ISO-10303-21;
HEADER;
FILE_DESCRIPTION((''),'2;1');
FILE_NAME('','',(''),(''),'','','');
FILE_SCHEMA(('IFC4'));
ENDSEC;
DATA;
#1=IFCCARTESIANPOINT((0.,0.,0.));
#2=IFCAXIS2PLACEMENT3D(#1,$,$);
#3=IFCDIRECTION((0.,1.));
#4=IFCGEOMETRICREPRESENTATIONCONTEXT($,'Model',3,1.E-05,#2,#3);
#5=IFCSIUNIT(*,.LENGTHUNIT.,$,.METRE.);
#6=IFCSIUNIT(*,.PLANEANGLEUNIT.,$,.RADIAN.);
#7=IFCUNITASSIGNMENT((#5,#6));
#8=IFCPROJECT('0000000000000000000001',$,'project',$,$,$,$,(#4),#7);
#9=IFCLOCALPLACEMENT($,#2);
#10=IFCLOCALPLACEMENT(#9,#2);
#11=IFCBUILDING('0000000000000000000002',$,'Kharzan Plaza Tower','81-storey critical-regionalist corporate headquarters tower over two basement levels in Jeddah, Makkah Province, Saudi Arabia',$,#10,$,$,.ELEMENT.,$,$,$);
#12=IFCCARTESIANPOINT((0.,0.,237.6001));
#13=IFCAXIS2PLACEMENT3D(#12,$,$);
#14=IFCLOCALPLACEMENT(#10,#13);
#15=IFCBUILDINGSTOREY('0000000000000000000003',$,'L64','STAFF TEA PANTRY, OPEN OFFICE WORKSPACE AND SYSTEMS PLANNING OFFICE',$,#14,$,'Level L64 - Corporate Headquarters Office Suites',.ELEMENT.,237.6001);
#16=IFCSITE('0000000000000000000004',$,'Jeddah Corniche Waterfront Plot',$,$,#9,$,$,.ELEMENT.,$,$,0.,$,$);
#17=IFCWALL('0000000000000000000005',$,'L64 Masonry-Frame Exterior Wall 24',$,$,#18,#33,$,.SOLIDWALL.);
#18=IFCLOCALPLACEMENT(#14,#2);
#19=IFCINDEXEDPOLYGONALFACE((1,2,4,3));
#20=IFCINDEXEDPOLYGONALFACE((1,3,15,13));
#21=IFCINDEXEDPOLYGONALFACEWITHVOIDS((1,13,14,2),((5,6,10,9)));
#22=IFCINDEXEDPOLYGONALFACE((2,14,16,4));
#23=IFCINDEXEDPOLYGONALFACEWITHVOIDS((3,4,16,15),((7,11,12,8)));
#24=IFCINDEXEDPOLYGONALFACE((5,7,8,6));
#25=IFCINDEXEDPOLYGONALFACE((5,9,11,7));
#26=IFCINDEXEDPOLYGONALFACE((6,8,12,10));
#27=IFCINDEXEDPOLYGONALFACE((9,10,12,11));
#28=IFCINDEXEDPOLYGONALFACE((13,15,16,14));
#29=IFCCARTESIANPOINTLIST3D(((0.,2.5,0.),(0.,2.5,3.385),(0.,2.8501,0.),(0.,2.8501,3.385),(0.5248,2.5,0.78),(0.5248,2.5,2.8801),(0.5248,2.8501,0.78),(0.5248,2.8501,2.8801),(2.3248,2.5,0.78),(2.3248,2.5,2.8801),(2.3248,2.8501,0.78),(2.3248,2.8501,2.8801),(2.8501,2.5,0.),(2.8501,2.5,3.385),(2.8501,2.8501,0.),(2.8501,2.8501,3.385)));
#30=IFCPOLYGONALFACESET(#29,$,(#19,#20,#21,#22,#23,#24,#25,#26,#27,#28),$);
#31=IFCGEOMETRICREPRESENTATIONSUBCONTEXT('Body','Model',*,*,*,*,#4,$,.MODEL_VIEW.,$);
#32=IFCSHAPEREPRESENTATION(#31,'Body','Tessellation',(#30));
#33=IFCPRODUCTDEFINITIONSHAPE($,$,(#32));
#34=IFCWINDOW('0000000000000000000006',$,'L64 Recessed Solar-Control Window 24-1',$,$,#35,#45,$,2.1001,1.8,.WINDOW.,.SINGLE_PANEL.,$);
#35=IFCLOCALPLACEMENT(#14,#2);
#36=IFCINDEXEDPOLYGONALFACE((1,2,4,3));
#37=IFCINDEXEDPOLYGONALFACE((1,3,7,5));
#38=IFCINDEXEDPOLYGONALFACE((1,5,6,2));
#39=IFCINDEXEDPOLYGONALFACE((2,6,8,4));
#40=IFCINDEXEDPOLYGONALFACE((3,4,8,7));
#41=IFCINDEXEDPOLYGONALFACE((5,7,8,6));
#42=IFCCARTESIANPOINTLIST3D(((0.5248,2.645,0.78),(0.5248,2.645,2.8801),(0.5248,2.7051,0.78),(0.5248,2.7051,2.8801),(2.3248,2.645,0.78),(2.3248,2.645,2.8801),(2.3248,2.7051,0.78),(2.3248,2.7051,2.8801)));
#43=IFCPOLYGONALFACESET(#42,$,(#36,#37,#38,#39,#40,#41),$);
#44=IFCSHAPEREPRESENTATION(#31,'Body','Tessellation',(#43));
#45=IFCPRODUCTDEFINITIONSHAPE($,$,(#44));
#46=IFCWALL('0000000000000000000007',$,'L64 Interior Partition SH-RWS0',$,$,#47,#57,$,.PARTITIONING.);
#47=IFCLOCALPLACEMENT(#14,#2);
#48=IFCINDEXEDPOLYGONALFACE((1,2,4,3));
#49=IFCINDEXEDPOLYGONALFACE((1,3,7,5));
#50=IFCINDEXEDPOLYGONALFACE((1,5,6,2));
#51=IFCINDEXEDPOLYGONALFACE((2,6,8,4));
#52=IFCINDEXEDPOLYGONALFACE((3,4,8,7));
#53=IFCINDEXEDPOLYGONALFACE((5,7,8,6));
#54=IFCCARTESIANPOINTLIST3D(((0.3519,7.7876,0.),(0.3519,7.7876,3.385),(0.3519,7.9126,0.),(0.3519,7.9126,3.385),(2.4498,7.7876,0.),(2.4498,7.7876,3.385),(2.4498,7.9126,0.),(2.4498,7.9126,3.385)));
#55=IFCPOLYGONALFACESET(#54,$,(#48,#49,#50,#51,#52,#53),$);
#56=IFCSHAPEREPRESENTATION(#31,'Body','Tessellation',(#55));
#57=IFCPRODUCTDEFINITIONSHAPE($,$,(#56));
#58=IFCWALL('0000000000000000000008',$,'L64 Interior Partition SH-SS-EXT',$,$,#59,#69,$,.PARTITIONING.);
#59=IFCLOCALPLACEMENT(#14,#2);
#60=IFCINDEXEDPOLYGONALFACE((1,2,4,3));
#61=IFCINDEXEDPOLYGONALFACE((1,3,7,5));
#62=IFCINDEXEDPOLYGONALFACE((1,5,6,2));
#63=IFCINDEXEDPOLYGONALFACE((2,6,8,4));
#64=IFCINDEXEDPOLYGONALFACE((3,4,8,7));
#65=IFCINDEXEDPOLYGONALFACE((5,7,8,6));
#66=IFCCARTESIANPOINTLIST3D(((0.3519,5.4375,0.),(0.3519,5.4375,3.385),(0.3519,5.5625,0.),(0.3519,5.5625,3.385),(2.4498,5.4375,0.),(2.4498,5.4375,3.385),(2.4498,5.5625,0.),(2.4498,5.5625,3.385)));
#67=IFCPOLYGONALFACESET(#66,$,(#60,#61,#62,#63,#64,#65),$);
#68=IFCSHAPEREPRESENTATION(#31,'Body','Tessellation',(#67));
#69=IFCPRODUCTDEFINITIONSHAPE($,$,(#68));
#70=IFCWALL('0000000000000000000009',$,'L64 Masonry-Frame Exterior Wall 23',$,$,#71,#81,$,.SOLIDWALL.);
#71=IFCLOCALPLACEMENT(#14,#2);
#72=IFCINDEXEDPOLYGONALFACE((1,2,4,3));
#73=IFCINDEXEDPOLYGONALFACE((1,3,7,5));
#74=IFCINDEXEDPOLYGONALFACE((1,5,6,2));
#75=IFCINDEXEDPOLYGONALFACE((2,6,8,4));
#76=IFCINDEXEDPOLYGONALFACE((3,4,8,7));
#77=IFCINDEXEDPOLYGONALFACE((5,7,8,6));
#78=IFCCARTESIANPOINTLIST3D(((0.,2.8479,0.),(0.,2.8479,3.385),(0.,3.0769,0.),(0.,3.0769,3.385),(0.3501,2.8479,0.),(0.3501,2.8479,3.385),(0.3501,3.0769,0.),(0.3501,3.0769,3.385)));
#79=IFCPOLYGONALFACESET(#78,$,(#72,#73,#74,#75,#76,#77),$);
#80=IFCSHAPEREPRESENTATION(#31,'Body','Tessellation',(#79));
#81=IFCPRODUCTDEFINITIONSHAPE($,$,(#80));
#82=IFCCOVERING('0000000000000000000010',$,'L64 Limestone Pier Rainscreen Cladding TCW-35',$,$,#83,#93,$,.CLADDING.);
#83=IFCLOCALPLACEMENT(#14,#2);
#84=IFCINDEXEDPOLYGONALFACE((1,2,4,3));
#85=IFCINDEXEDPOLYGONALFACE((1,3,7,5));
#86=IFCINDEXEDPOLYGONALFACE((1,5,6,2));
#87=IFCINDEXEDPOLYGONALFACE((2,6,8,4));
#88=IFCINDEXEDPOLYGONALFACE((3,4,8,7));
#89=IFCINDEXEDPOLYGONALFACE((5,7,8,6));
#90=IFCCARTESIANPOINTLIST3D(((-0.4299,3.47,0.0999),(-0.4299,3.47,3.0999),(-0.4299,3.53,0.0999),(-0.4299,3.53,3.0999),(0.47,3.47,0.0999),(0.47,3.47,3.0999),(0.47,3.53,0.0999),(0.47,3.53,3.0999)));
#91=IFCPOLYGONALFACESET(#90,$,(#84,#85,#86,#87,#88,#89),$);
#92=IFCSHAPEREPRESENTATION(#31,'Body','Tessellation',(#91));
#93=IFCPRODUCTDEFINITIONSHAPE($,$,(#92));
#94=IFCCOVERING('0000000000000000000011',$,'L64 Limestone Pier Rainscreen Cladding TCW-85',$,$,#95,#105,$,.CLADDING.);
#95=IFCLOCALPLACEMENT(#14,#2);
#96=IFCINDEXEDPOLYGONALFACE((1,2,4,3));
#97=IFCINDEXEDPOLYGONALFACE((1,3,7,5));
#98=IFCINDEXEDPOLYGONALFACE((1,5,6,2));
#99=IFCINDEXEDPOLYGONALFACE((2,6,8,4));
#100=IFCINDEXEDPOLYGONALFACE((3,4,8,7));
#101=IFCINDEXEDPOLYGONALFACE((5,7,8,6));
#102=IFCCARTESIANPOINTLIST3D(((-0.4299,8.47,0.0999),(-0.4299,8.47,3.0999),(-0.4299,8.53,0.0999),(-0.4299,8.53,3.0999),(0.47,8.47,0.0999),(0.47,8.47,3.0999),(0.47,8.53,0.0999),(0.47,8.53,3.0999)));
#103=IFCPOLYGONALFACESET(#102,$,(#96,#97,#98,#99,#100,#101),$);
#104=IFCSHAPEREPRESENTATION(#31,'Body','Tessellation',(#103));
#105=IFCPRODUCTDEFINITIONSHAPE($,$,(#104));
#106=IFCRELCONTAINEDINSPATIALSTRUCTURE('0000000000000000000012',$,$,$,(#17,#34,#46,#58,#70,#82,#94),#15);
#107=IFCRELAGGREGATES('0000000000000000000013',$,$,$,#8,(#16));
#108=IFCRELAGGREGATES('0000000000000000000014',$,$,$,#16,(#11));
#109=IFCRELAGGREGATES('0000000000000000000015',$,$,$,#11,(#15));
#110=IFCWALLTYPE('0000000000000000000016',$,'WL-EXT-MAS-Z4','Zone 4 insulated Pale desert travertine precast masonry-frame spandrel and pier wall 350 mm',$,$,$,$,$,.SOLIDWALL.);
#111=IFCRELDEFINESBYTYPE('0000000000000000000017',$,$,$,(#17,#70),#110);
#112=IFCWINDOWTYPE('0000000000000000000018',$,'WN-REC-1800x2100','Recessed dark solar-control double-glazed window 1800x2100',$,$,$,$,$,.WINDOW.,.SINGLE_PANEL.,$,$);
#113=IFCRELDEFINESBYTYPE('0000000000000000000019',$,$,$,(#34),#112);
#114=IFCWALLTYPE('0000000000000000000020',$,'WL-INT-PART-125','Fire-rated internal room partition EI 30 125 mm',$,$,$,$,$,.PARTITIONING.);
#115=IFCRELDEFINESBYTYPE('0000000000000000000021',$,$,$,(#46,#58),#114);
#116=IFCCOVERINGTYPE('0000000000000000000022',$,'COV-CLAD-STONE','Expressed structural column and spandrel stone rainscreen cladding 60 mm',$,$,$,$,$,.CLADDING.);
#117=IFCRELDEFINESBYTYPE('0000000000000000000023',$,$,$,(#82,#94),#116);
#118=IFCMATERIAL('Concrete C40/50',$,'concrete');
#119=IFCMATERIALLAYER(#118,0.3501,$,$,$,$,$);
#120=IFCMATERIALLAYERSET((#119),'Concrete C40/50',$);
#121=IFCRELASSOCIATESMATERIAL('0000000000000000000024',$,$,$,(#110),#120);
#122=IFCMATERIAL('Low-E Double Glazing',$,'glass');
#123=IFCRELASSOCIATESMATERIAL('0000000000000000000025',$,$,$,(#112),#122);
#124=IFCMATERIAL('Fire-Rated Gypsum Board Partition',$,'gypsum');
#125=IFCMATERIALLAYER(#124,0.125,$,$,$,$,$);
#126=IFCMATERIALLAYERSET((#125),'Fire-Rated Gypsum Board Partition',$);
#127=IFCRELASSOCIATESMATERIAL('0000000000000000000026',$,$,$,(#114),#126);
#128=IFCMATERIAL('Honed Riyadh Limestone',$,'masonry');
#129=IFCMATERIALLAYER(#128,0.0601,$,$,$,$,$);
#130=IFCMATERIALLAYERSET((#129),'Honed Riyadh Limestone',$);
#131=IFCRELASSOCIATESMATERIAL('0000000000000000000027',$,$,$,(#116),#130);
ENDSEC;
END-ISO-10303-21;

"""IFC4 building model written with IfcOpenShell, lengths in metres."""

from ifc_helpers import new_model, si_unit, direction, frame, frame_2d, origin, origin_2d, place, context, subcontext, project, spatial, rectangle, extrude, source, transform, mapped, material, layer, layer_set, type_object, element, fill, save


model = new_model("IFC4")

# Units and contexts
model_context = context("Model", 3, precision=1e-05, world=origin(), true_north=direction((0.0, 1.0)))
body_context = subcontext(model_context, "Body", "Model", "MODEL_VIEW")
ifc_project = project(units=[si_unit("LENGTHUNIT", "METRE"), si_unit("PLANEANGLEUNIT", "RADIAN")], contexts=[model_context])

# Site, building, storey
site_placement = place(None, origin())
site = spatial("IfcSite", under=ifc_project, at=site_placement, Name="Jeddah Corniche Waterfront Plot", CompositionType="ELEMENT", RefElevation=0.0)
building_placement = place(site_placement, origin())
building = spatial("IfcBuilding", under=site, at=building_placement, Name="Kharzan Plaza Tower", Description="81-storey critical-regionalist corporate headquarters tower over two basement levels in Jeddah, Makkah Province, Saudi Arabia", CompositionType="ELEMENT")
storey_placement = place(building_placement, frame((0.0, 0.0, 237.6001)))
storey = spatial("IfcBuildingStorey", under=building, at=storey_placement, Name="L64", Description="STAFF TEA PANTRY, OPEN OFFICE WORKSPACE AND SYSTEMS PLANNING OFFICE", LongName="Level L64 - Corporate Headquarters Office Suites", CompositionType="ELEMENT", Elevation=237.6001)

# Shared definitions
ifc_material_1 = material(Name="Concrete C40/50", Category="concrete")

# Wall, opening, window
ifc_layer_1 = layer(ifc_material_1, 0.3501)
ifc_layer_set_1 = layer_set([ifc_layer_1], Name="Concrete C40/50")
wall_type_1 = type_object("IfcWallType", Name="WL-EXT-MAS-Z4", Description="Zone 4 insulated Pale desert travertine precast masonry-frame spandrel and pier wall 350 mm", PredefinedType="SOLIDWALL", material=ifc_layer_set_1)
ifc_material_2 = material(Name="Low-E Double Glazing", Category="glass")
wall_1_placement = place(storey_placement, frame((0.0, 2.675, 0.0), z_axis=(0.0, 0.0, 1.0), x_axis=(1.0, 0.0, 0.0)))
wall_1 = element("IfcWall", 1, at=wall_1_placement, inside=storey, type_object=wall_type_1, Name="L64 Masonry-Frame Exterior Wall 24", PredefinedType="SOLIDWALL", context=body_context, shape_type="SweptSolid", body=[
    extrude(rectangle(XDim=2.8501, YDim=0.3501, at=frame_2d((1.425, 0.0))), origin(), (0.0, 0.0, 1.0), 3.385),
])
opening_1_placement = place(wall_1_placement, frame((0.5249, 0.0, 0.78)))
opening_1 = element("IfcOpeningElement", 2, at=opening_1_placement, cuts=wall_1, PredefinedType="OPENING", context=body_context, shape_type="SweptSolid", body=[
    extrude(rectangle(XDim=1.8, YDim=2.1001, at=frame_2d((0.8999, 1.05))), frame((0.0, 0.1851, 0.0), z_axis=(0.0, -1.0, 0.0), x_axis=(1.0, 0.0, 0.0)), (0.0, 0.0, 1.0), 0.3701),
])
window_type_1 = type_object("IfcWindowType", Name="WN-REC-1800x2100", Description="Recessed dark solar-control double-glazed window 1800x2100", PartitioningType="SINGLE_PANEL", PredefinedType="WINDOW", material=ifc_material_2)
shared_shape_1 = source(origin(), body_context, "Body", "SweptSolid", [
    extrude(rectangle(XDim=1.8, YDim=2.1001, at=frame_2d((0.8999, 1.05))), frame((0.0, 0.03, 0.0), z_axis=(0.0, -1.0, 0.0), x_axis=(1.0, 0.0, 0.0)), (0.0, 0.0, 1.0), 0.0601),
])
window_1_placement = place(opening_1_placement, origin())
window_1 = element("IfcWindow", 3, at=window_1_placement, inside=storey, type_object=window_type_1, Name="L64 Recessed Solar-Control Window 24-1", OverallHeight=2.1001, OverallWidth=1.8, PartitioningType="SINGLE_PANEL", PredefinedType="WINDOW", context=body_context, shape_type="MappedRepresentation", body=[
    mapped(shared_shape_1, transform((0.0, 0.0, 0.0), x_axis=(1.0, 0.0, 0.0), y_axis=(0.0, 1.0, 0.0), z_axis=(0.0, 0.0, 1.0))),
])
fill(opening_1, window_1)

# Walls
ifc_material_3 = material(Name="Fire-Rated Gypsum Board Partition", Category="gypsum")
ifc_layer_2 = layer(ifc_material_3, 0.125)
ifc_layer_set_2 = layer_set([ifc_layer_2], Name="Fire-Rated Gypsum Board Partition")
wall_type_2 = type_object("IfcWallType", Name="WL-INT-PART-125", Description="Fire-rated internal room partition EI 30 125 mm", PredefinedType="PARTITIONING", material=ifc_layer_set_2)
shared_shape_2 = source(origin(), body_context, "Body", "SweptSolid", [
    extrude(rectangle(XDim=2.0979, YDim=0.125, at=frame_2d((1.0488, 0.0))), origin(), (0.0, 0.0, 1.0), 3.385),
])
for number, where, z_axis, x_axis, name in (
    (4, (0.3521, 7.8501, 0.0), (0.0, 0.0, 1.0), (1.0, 0.0, 0.0), "L64 Interior Partition SH-RWS0"),
    (5, (0.3521, 5.5, 0.0), (0.0, 0.0, 1.0), (1.0, 0.0, 0.0), "L64 Interior Partition SH-SS-EXT"),
):
    element("IfcWall", number, at=place(storey_placement, frame(where, z_axis=z_axis, x_axis=x_axis)), inside=storey, type_object=wall_type_2, Name=name, PredefinedType="PARTITIONING", context=body_context, shape_type="MappedRepresentation", body=[
        mapped(shared_shape_2, transform((0.0, 0.0, 0.0), x_axis=(1.0, 0.0, 0.0), y_axis=(0.0, 1.0, 0.0), z_axis=(0.0, 0.0, 1.0))),
    ])
shared_shape_3 = source(origin(), body_context, "Body", "SweptSolid", [
    extrude(rectangle(XDim=0.229, YDim=0.3501, at=frame_2d((0.1145, 0.0))), origin(), (0.0, 0.0, 1.0), 3.385),
])
wall_2_placement = place(storey_placement, frame((0.175, 3.0769, 0.0), z_axis=(0.0, 0.0, 1.0), x_axis=(0.0, -1.0, 0.0)))
element("IfcWall", 6, at=wall_2_placement, inside=storey, type_object=wall_type_1, Name="L64 Masonry-Frame Exterior Wall 23", PredefinedType="SOLIDWALL", context=body_context, shape_type="MappedRepresentation", body=[
    mapped(shared_shape_3, transform((0.0, 0.0, 0.0), x_axis=(1.0, 0.0, 0.0), y_axis=(0.0, 1.0, 0.0), z_axis=(0.0, 0.0, 1.0))),
])

# Coverings
ifc_material_4 = material(Name="Honed Riyadh Limestone", Category="masonry")
ifc_layer_3 = layer(ifc_material_4, 0.0601)
ifc_layer_set_3 = layer_set([ifc_layer_3], Name="Honed Riyadh Limestone")
covering_type = type_object("IfcCoveringType", Name="COV-CLAD-STONE", Description="Expressed structural column and spandrel stone rainscreen cladding 60 mm", PredefinedType="CLADDING", material=ifc_layer_set_3)
shared_shape_4 = source(origin(), body_context, "Body", "SweptSolid", [
    extrude(rectangle(XDim=0.0601, YDim=0.8999, at=origin_2d()), origin(), (0.0, 0.0, 1.0), 3.0),
])
for number, where, z_axis, x_axis, name in (
    (7, (0.02, 3.5, 0.0999), (0.0, 0.0, 1.0), (0.0, 1.0, 0.0), "L64 Limestone Pier Rainscreen Cladding TCW-35"),
    (8, (0.02, 8.5, 0.0999), (0.0, 0.0, 1.0), (0.0, 1.0, 0.0), "L64 Limestone Pier Rainscreen Cladding TCW-85"),
):
    element("IfcCovering", number, at=place(storey_placement, frame(where, z_axis=z_axis, x_axis=x_axis)), inside=storey, type_object=covering_type, Name=name, PredefinedType="CLADDING", context=body_context, shape_type="MappedRepresentation", body=[
        mapped(shared_shape_4, transform((0.0, 0.0, 0.0), x_axis=(1.0, 0.0, 0.0), y_axis=(0.0, 1.0, 0.0), z_axis=(0.0, 0.0, 1.0))),
    ])

save(model, "model.ifc")
